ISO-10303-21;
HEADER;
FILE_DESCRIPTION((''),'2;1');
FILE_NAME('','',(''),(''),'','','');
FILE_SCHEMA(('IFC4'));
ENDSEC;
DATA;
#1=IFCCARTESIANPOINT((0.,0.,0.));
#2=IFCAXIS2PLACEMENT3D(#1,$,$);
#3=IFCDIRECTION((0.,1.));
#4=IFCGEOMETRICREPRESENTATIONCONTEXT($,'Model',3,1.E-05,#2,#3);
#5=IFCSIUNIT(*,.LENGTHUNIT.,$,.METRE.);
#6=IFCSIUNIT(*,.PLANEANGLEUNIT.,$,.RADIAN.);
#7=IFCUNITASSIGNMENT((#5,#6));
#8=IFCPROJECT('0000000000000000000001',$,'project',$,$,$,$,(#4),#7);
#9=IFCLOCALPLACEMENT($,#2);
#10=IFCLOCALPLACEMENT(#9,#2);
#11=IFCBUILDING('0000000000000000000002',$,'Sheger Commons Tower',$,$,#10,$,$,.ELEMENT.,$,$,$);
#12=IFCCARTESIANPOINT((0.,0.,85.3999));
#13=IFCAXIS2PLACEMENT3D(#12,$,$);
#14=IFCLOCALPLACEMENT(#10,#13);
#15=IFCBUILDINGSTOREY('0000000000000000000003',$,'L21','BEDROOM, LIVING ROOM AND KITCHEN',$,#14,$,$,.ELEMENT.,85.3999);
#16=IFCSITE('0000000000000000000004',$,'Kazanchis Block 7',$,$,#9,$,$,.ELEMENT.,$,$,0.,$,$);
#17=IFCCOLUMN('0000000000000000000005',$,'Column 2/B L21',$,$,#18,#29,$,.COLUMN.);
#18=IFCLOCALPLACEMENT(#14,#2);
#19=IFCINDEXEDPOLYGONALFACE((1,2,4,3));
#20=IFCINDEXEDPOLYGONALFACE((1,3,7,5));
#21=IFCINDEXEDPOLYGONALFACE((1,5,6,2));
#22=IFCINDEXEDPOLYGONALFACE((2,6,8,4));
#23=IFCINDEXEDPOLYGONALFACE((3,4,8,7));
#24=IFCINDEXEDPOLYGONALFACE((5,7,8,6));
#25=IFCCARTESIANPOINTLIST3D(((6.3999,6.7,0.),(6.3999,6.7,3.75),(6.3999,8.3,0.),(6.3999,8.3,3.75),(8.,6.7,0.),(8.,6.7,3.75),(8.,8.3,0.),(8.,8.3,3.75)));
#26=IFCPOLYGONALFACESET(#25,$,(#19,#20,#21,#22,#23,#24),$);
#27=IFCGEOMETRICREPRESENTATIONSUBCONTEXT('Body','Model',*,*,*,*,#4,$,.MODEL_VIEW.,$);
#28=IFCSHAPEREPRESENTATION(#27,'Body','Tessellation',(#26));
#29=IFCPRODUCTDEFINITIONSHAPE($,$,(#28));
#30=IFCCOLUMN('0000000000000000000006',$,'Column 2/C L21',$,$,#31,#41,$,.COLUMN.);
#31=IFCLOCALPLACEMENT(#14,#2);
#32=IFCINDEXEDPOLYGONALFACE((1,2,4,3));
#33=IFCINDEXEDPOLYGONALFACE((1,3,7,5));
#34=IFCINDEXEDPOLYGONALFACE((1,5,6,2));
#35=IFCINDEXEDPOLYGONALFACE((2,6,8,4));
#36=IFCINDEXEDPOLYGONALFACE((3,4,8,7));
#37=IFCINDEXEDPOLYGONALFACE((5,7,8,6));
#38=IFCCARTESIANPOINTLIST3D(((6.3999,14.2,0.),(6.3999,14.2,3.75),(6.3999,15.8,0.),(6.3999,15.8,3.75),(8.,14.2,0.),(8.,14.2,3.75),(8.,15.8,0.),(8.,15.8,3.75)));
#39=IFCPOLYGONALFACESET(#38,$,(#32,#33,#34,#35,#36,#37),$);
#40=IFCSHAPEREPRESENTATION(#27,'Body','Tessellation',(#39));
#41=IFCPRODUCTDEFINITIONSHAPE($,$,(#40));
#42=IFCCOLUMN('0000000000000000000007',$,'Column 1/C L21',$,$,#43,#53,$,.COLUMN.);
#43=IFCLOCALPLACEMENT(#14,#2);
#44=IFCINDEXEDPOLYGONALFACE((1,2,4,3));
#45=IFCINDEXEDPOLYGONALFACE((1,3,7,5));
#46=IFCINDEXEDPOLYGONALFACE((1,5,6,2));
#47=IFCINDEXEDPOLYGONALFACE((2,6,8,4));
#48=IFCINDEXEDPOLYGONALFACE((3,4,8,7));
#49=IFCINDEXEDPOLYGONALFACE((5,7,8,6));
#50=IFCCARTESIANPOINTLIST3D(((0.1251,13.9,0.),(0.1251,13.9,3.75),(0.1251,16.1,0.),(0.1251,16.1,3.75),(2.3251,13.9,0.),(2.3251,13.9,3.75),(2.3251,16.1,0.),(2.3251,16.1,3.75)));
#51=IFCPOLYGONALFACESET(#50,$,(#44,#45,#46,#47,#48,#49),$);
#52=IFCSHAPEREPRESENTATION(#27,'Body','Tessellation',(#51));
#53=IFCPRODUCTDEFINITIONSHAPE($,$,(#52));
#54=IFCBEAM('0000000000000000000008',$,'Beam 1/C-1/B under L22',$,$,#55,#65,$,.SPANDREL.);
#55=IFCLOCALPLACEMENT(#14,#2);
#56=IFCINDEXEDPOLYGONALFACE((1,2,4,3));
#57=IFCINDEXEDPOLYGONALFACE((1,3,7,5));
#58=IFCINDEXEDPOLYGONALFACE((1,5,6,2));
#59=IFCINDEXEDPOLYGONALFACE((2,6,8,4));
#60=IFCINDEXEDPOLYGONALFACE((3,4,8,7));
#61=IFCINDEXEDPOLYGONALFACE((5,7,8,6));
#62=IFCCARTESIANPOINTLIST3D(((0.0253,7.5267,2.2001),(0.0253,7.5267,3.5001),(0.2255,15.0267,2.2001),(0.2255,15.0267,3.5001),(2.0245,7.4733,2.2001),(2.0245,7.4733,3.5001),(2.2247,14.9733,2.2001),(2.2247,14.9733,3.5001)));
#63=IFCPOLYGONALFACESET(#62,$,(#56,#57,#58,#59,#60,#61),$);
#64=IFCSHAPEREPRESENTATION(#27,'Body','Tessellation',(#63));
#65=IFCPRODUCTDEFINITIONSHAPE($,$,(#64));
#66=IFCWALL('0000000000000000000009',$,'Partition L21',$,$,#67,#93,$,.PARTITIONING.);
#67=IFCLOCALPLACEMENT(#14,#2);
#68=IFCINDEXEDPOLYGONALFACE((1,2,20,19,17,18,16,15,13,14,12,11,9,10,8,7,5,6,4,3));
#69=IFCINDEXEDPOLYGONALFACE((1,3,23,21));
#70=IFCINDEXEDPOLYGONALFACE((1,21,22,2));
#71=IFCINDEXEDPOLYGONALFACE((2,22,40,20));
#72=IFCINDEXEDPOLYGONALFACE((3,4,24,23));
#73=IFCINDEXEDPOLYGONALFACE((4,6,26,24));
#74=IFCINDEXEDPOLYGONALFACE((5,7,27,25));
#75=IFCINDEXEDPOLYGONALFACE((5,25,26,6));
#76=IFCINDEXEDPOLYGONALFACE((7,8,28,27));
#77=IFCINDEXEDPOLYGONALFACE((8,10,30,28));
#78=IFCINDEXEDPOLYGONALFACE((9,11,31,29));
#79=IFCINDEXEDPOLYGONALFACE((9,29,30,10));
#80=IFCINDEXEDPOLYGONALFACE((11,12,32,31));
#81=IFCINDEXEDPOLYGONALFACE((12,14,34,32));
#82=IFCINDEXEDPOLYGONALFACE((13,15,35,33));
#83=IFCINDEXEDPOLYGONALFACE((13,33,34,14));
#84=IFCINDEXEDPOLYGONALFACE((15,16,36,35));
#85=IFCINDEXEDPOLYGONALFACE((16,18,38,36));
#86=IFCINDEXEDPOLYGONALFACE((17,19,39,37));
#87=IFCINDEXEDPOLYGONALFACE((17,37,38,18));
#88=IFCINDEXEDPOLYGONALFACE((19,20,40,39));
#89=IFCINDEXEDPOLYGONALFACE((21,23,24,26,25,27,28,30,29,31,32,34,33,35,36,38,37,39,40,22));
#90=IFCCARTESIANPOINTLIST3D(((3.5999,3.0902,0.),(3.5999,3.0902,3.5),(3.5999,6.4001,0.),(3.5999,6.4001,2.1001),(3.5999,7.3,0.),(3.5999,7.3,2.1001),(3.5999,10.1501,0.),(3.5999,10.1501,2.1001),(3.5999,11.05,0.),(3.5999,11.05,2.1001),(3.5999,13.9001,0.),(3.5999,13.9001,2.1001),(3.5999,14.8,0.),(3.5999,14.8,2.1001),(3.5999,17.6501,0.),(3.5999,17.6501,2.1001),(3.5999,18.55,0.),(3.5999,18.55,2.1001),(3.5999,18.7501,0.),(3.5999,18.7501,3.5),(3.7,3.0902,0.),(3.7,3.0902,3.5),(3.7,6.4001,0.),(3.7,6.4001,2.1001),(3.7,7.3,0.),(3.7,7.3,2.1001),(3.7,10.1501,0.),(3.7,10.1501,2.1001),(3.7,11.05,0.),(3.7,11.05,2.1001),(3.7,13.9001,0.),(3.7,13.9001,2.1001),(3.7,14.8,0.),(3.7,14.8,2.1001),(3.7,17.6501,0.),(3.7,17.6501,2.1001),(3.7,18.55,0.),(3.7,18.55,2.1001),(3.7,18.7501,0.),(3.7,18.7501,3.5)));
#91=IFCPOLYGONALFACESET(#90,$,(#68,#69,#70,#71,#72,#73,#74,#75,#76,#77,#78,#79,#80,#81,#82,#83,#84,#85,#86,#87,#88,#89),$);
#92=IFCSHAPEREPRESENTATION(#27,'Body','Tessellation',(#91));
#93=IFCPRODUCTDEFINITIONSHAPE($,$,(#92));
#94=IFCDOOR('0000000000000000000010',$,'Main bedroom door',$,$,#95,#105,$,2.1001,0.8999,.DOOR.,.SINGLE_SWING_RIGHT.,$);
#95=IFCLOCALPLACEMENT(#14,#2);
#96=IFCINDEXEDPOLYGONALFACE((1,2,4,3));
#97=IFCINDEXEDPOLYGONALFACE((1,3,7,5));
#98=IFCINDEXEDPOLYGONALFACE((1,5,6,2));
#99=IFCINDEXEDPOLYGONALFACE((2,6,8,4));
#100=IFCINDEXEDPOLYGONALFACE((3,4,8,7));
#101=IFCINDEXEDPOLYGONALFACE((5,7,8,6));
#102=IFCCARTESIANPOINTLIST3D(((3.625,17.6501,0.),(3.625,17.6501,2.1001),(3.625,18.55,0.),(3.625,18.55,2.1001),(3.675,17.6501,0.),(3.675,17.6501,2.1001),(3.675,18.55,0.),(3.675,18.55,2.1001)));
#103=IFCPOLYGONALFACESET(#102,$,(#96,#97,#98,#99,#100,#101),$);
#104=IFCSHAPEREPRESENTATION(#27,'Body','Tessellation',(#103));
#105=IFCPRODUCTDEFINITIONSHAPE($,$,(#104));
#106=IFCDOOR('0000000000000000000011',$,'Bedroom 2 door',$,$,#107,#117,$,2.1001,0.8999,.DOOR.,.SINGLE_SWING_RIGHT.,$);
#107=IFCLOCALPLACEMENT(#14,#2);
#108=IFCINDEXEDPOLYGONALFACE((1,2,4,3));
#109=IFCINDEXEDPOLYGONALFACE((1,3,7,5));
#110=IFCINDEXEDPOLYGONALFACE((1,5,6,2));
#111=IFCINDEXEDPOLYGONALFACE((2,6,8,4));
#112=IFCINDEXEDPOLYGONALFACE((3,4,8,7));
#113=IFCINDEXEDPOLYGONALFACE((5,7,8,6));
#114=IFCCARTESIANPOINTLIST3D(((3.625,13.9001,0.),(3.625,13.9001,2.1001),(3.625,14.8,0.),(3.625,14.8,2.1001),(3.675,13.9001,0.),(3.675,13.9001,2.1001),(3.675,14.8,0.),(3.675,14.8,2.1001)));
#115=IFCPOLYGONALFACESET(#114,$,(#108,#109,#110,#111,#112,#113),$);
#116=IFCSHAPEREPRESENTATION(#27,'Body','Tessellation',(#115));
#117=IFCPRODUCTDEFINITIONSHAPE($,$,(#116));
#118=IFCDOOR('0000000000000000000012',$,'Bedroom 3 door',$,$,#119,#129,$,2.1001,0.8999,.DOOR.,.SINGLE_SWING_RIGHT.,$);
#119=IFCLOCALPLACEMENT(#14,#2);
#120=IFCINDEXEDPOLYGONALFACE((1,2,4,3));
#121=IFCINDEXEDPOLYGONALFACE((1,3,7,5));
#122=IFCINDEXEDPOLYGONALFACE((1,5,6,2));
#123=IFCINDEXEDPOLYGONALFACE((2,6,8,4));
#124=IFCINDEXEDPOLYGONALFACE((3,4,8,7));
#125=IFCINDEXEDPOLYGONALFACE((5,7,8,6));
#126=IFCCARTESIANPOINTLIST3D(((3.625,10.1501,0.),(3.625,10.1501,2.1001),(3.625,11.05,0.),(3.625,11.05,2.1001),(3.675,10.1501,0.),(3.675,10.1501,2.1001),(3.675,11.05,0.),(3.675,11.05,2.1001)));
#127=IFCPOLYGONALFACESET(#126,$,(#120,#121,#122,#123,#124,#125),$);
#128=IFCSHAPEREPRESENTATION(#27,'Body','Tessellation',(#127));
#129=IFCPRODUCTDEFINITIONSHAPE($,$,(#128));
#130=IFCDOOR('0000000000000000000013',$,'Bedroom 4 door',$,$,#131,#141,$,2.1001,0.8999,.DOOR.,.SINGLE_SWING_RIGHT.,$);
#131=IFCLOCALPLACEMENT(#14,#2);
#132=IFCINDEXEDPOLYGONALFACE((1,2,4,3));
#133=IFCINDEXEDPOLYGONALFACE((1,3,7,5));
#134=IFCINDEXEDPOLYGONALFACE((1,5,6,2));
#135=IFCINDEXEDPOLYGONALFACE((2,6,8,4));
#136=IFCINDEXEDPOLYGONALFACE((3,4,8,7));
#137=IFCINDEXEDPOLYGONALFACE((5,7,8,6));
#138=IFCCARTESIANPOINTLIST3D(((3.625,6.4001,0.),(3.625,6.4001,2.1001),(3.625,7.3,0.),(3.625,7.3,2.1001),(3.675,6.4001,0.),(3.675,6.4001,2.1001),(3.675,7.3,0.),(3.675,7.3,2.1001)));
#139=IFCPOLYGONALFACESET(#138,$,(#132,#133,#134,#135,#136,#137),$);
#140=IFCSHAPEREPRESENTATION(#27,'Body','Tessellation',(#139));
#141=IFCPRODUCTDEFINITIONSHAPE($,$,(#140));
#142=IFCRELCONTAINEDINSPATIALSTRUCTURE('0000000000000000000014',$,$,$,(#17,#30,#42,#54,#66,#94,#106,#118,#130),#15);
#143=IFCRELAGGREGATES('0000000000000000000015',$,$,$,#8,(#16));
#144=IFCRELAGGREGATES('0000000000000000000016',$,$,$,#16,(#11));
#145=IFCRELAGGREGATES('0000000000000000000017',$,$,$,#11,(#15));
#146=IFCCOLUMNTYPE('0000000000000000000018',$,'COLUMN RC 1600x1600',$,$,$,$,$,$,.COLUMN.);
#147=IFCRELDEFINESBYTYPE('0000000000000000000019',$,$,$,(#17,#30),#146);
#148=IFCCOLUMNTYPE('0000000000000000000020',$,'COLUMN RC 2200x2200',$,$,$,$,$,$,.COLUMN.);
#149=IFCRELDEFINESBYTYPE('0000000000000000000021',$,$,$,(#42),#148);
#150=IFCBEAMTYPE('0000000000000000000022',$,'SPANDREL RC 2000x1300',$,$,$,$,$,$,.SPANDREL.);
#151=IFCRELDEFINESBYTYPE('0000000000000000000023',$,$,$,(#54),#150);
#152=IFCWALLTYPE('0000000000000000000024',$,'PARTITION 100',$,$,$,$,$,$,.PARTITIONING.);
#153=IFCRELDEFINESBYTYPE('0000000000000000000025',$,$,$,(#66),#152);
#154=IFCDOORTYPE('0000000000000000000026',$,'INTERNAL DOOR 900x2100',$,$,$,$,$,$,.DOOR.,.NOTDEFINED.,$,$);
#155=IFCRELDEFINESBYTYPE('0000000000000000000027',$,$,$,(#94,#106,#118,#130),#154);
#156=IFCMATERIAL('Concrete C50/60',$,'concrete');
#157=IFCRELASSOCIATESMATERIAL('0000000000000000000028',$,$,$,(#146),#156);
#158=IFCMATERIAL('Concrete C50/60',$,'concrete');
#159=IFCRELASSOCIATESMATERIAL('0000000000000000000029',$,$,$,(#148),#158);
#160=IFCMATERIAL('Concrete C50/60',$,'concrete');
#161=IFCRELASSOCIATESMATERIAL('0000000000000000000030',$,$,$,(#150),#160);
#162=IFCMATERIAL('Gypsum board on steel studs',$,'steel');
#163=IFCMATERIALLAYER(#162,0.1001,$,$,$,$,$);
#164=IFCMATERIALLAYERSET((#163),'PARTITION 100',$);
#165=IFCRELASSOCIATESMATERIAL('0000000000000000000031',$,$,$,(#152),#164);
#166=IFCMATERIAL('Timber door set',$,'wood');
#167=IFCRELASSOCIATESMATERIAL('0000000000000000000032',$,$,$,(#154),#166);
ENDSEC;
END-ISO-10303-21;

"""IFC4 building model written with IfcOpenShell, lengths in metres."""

from ifc_helpers import new_model, si_unit, direction, frame, frame_2d, origin, origin_2d, place, context, subcontext, project, spatial, rectangle, extrude, material, layer, layer_set, material_profile, profile_set, type_object, element, fill, save


model = new_model("IFC4")

# Units and contexts
model_context = context("Model", 3, precision=1e-05, world=origin(), true_north=direction((0.0, 1.0)))
body_context = subcontext(model_context, "Body", "Model", "MODEL_VIEW")
ifc_project = project(units=[si_unit("LENGTHUNIT", "METRE"), si_unit("PLANEANGLEUNIT", "RADIAN")], contexts=[model_context])

# Site, building, storey
site_placement = place(None, origin())
site = spatial("IfcSite", under=ifc_project, at=site_placement, Name="Kazanchis Block 7", CompositionType="ELEMENT", RefElevation=0.0)
building_placement = place(site_placement, origin())
building = spatial("IfcBuilding", under=site, at=building_placement, Name="Sheger Commons Tower", CompositionType="ELEMENT")
storey_placement = place(building_placement, frame((0.0, 0.0, 85.3999)))
storey = spatial("IfcBuildingStorey", under=building, at=storey_placement, Name="L21", Description="BEDROOM, LIVING ROOM AND KITCHEN", CompositionType="ELEMENT", Elevation=85.3999)

# Columns
ifc_material_1 = material(Name="Concrete C50/60", Category="concrete")
ifc_material_profile_1 = material_profile(ifc_material_1, rectangle(XDim=1.6001, YDim=1.6001, at=origin_2d()), Name="RC 1600x1600")
ifc_profile_set_1 = profile_set([ifc_material_profile_1], Name="Concrete C50/60")
column_type_1 = type_object("IfcColumnType", Name="COLUMN RC 1600x1600", PredefinedType="COLUMN", material=ifc_profile_set_1)
for number, where, z_axis, x_axis, name in (
    (1, (7.2, 7.5, 0.0), (0.0, 0.0, 1.0), (1.0, 0.0, 0.0), "Column 2/B L21"),
    (2, (7.2, 15.0, 0.0), (0.0, 0.0, 1.0), (1.0, 0.0, 0.0), "Column 2/C L21"),
):
    element("IfcColumn", number, at=place(storey_placement, frame(where, z_axis=z_axis, x_axis=x_axis)), inside=storey, type_object=column_type_1, Name=name, PredefinedType="COLUMN", context=body_context, shape_type="SweptSolid", body=[
        extrude(rectangle(XDim=1.6001, YDim=1.6001, at=origin_2d()), origin(), (0.0, 0.0, 1.0), 3.75),
    ])
ifc_material_2 = material(Name="Concrete C50/60", Category="concrete")
ifc_material_profile_2 = material_profile(ifc_material_2, rectangle(XDim=2.2, YDim=2.2, at=origin_2d()), Name="RC 2200x2200")
ifc_profile_set_2 = profile_set([ifc_material_profile_2], Name="Concrete C50/60")
column_type_2 = type_object("IfcColumnType", Name="COLUMN RC 2200x2200", PredefinedType="COLUMN", material=ifc_profile_set_2)
column_placement = place(storey_placement, frame((1.2251, 15.0, 0.0), z_axis=(0.0, 0.0, 1.0), x_axis=(1.0, 0.0, 0.0)))
element("IfcColumn", 3, at=column_placement, inside=storey, type_object=column_type_2, Name="Column 1/C L21", PredefinedType="COLUMN", context=body_context, shape_type="SweptSolid", body=[
    extrude(rectangle(XDim=2.2, YDim=2.2, at=origin_2d()), origin(), (0.0, 0.0, 1.0), 3.75),
])

# Beam
ifc_material_3 = material(Name="Concrete C50/60", Category="concrete")
ifc_material_profile_3 = material_profile(ifc_material_3, rectangle(XDim=2.0, YDim=1.3, at=origin_2d()), Name="RC 2000x1300")
ifc_profile_set_3 = profile_set([ifc_material_profile_3], Name="Concrete C50/60")
beam_type = type_object("IfcBeamType", Name="SPANDREL RC 2000x1300", PredefinedType="SPANDREL", material=ifc_profile_set_3)
beam_placement = place(storey_placement, frame((1.2251, 15.0, 2.8501), z_axis=(-0.026683, -0.999644, 0.0), x_axis=(0.999644, -0.026683, 0.0)))
element("IfcBeam", 4, at=beam_placement, inside=storey, type_object=beam_type, Name="Beam 1/C-1/B under L22", PredefinedType="SPANDREL", context=body_context, shape_type="SweptSolid", body=[
    extrude(rectangle(XDim=2.0, YDim=1.3, at=origin_2d()), origin(), (0.0, 0.0, 1.0), 7.5027),
])

# Wall, openings, doors
ifc_material_4 = material(Name="Gypsum board on steel studs", Category="steel")
ifc_layer = layer(ifc_material_4, 0.1001)
ifc_layer_set = layer_set([ifc_layer], Name="PARTITION 100")
wall_type = type_object("IfcWallType", Name="PARTITION 100", PredefinedType="PARTITIONING", material=ifc_layer_set)
wall_1_placement = place(storey_placement, frame((3.6499, 3.0901, 0.0), z_axis=(0.0, 0.0, 1.0), x_axis=(0.0, 1.0, 0.0)))
wall_1 = element("IfcWall", 5, at=wall_1_placement, inside=storey, type_object=wall_type, Name="Partition L21", PredefinedType="PARTITIONING", context=body_context, shape_type="SweptSolid", body=[
    extrude(rectangle(XDim=15.6599, YDim=0.1001, at=frame_2d((7.8301, 0.0))), origin(), (0.0, 0.0, 1.0), 3.5),
])
opening_1_placement = place(wall_1_placement, frame((14.5601, 0.0, 0.0)))
opening_1 = element("IfcOpeningElement", 6, at=opening_1_placement, cuts=wall_1, PredefinedType="OPENING", context=body_context, shape_type="SweptSolid", body=[
    extrude(rectangle(XDim=0.8999, YDim=2.1001, at=frame_2d((0.45, 1.05))), frame((0.0, 0.0601, 0.0), z_axis=(0.0, -1.0, 0.0), x_axis=(1.0, 0.0, 0.0)), (0.0, 0.0, 1.0), 0.1201),
])
opening_2_placement = place(wall_1_placement, frame((10.8101, 0.0, 0.0)))
opening_2 = element("IfcOpeningElement", 7, at=opening_2_placement, cuts=wall_1, PredefinedType="OPENING", context=body_context, shape_type="SweptSolid", body=[
    extrude(rectangle(XDim=0.8999, YDim=2.1001, at=frame_2d((0.45, 1.05))), frame((0.0, 0.0601, 0.0), z_axis=(0.0, -1.0, 0.0), x_axis=(1.0, 0.0, 0.0)), (0.0, 0.0, 1.0), 0.1201),
])
opening_3_placement = place(wall_1_placement, frame((7.0601, 0.0, 0.0)))
opening_3 = element("IfcOpeningElement", 8, at=opening_3_placement, cuts=wall_1, PredefinedType="OPENING", context=body_context, shape_type="SweptSolid", body=[
    extrude(rectangle(XDim=0.8999, YDim=2.1001, at=frame_2d((0.45, 1.05))), frame((0.0, 0.0601, 0.0), z_axis=(0.0, -1.0, 0.0), x_axis=(1.0, 0.0, 0.0)), (0.0, 0.0, 1.0), 0.1201),
])
opening_4_placement = place(wall_1_placement, frame((3.3101, 0.0, 0.0)))
opening_4 = element("IfcOpeningElement", 9, at=opening_4_placement, cuts=wall_1, PredefinedType="OPENING", context=body_context, shape_type="SweptSolid", body=[
    extrude(rectangle(XDim=0.8999, YDim=2.1001, at=frame_2d((0.45, 1.05))), frame((0.0, 0.0601, 0.0), z_axis=(0.0, -1.0, 0.0), x_axis=(1.0, 0.0, 0.0)), (0.0, 0.0, 1.0), 0.1201),
])
ifc_material_5 = material(Name="Timber door set", Category="wood")
door_type = type_object("IfcDoorType", Name="INTERNAL DOOR 900x2100", OperationType="NOTDEFINED", PredefinedType="DOOR", material=ifc_material_5)
door_1_placement = place(opening_1_placement, origin())
door_1 = element("IfcDoor", 10, at=door_1_placement, inside=storey, type_object=door_type, Name="Main bedroom door", OperationType="SINGLE_SWING_RIGHT", OverallHeight=2.1001, OverallWidth=0.8999, PredefinedType="DOOR", context=body_context, shape_type="SweptSolid", body=[
    extrude(rectangle(XDim=0.8999, YDim=2.1001, at=frame_2d((0.45, 1.05))), frame((0.0, 0.0249, 0.0), z_axis=(0.0, -1.0, 0.0), x_axis=(1.0, 0.0, 0.0)), (0.0, 0.0, 1.0), 0.05),
])
fill(opening_1, door_1)
door_2_placement = place(opening_2_placement, origin())
door_2 = element("IfcDoor", 11, at=door_2_placement, inside=storey, type_object=door_type, Name="Bedroom 2 door", OperationType="SINGLE_SWING_RIGHT", OverallHeight=2.1001, OverallWidth=0.8999, PredefinedType="DOOR", context=body_context, shape_type="SweptSolid", body=[
    extrude(rectangle(XDim=0.8999, YDim=2.1001, at=frame_2d((0.45, 1.05))), frame((0.0, 0.0249, 0.0), z_axis=(0.0, -1.0, 0.0), x_axis=(1.0, 0.0, 0.0)), (0.0, 0.0, 1.0), 0.05),
])
fill(opening_2, door_2)
door_3_placement = place(opening_3_placement, origin())
door_3 = element("IfcDoor", 12, at=door_3_placement, inside=storey, type_object=door_type, Name="Bedroom 3 door", OperationType="SINGLE_SWING_RIGHT", OverallHeight=2.1001, OverallWidth=0.8999, PredefinedType="DOOR", context=body_context, shape_type="SweptSolid", body=[
    extrude(rectangle(XDim=0.8999, YDim=2.1001, at=frame_2d((0.45, 1.05))), frame((0.0, 0.0249, 0.0), z_axis=(0.0, -1.0, 0.0), x_axis=(1.0, 0.0, 0.0)), (0.0, 0.0, 1.0), 0.05),
])
fill(opening_3, door_3)
door_4_placement = place(opening_4_placement, origin())
door_4 = element("IfcDoor", 13, at=door_4_placement, inside=storey, type_object=door_type, Name="Bedroom 4 door", OperationType="SINGLE_SWING_RIGHT", OverallHeight=2.1001, OverallWidth=0.8999, PredefinedType="DOOR", context=body_context, shape_type="SweptSolid", body=[
    extrude(rectangle(XDim=0.8999, YDim=2.1001, at=frame_2d((0.45, 1.05))), frame((0.0, 0.0249, 0.0), z_axis=(0.0, -1.0, 0.0), x_axis=(1.0, 0.0, 0.0)), (0.0, 0.0, 1.0), 0.05),
])
fill(opening_4, door_4)

save(model, "model.ifc")
